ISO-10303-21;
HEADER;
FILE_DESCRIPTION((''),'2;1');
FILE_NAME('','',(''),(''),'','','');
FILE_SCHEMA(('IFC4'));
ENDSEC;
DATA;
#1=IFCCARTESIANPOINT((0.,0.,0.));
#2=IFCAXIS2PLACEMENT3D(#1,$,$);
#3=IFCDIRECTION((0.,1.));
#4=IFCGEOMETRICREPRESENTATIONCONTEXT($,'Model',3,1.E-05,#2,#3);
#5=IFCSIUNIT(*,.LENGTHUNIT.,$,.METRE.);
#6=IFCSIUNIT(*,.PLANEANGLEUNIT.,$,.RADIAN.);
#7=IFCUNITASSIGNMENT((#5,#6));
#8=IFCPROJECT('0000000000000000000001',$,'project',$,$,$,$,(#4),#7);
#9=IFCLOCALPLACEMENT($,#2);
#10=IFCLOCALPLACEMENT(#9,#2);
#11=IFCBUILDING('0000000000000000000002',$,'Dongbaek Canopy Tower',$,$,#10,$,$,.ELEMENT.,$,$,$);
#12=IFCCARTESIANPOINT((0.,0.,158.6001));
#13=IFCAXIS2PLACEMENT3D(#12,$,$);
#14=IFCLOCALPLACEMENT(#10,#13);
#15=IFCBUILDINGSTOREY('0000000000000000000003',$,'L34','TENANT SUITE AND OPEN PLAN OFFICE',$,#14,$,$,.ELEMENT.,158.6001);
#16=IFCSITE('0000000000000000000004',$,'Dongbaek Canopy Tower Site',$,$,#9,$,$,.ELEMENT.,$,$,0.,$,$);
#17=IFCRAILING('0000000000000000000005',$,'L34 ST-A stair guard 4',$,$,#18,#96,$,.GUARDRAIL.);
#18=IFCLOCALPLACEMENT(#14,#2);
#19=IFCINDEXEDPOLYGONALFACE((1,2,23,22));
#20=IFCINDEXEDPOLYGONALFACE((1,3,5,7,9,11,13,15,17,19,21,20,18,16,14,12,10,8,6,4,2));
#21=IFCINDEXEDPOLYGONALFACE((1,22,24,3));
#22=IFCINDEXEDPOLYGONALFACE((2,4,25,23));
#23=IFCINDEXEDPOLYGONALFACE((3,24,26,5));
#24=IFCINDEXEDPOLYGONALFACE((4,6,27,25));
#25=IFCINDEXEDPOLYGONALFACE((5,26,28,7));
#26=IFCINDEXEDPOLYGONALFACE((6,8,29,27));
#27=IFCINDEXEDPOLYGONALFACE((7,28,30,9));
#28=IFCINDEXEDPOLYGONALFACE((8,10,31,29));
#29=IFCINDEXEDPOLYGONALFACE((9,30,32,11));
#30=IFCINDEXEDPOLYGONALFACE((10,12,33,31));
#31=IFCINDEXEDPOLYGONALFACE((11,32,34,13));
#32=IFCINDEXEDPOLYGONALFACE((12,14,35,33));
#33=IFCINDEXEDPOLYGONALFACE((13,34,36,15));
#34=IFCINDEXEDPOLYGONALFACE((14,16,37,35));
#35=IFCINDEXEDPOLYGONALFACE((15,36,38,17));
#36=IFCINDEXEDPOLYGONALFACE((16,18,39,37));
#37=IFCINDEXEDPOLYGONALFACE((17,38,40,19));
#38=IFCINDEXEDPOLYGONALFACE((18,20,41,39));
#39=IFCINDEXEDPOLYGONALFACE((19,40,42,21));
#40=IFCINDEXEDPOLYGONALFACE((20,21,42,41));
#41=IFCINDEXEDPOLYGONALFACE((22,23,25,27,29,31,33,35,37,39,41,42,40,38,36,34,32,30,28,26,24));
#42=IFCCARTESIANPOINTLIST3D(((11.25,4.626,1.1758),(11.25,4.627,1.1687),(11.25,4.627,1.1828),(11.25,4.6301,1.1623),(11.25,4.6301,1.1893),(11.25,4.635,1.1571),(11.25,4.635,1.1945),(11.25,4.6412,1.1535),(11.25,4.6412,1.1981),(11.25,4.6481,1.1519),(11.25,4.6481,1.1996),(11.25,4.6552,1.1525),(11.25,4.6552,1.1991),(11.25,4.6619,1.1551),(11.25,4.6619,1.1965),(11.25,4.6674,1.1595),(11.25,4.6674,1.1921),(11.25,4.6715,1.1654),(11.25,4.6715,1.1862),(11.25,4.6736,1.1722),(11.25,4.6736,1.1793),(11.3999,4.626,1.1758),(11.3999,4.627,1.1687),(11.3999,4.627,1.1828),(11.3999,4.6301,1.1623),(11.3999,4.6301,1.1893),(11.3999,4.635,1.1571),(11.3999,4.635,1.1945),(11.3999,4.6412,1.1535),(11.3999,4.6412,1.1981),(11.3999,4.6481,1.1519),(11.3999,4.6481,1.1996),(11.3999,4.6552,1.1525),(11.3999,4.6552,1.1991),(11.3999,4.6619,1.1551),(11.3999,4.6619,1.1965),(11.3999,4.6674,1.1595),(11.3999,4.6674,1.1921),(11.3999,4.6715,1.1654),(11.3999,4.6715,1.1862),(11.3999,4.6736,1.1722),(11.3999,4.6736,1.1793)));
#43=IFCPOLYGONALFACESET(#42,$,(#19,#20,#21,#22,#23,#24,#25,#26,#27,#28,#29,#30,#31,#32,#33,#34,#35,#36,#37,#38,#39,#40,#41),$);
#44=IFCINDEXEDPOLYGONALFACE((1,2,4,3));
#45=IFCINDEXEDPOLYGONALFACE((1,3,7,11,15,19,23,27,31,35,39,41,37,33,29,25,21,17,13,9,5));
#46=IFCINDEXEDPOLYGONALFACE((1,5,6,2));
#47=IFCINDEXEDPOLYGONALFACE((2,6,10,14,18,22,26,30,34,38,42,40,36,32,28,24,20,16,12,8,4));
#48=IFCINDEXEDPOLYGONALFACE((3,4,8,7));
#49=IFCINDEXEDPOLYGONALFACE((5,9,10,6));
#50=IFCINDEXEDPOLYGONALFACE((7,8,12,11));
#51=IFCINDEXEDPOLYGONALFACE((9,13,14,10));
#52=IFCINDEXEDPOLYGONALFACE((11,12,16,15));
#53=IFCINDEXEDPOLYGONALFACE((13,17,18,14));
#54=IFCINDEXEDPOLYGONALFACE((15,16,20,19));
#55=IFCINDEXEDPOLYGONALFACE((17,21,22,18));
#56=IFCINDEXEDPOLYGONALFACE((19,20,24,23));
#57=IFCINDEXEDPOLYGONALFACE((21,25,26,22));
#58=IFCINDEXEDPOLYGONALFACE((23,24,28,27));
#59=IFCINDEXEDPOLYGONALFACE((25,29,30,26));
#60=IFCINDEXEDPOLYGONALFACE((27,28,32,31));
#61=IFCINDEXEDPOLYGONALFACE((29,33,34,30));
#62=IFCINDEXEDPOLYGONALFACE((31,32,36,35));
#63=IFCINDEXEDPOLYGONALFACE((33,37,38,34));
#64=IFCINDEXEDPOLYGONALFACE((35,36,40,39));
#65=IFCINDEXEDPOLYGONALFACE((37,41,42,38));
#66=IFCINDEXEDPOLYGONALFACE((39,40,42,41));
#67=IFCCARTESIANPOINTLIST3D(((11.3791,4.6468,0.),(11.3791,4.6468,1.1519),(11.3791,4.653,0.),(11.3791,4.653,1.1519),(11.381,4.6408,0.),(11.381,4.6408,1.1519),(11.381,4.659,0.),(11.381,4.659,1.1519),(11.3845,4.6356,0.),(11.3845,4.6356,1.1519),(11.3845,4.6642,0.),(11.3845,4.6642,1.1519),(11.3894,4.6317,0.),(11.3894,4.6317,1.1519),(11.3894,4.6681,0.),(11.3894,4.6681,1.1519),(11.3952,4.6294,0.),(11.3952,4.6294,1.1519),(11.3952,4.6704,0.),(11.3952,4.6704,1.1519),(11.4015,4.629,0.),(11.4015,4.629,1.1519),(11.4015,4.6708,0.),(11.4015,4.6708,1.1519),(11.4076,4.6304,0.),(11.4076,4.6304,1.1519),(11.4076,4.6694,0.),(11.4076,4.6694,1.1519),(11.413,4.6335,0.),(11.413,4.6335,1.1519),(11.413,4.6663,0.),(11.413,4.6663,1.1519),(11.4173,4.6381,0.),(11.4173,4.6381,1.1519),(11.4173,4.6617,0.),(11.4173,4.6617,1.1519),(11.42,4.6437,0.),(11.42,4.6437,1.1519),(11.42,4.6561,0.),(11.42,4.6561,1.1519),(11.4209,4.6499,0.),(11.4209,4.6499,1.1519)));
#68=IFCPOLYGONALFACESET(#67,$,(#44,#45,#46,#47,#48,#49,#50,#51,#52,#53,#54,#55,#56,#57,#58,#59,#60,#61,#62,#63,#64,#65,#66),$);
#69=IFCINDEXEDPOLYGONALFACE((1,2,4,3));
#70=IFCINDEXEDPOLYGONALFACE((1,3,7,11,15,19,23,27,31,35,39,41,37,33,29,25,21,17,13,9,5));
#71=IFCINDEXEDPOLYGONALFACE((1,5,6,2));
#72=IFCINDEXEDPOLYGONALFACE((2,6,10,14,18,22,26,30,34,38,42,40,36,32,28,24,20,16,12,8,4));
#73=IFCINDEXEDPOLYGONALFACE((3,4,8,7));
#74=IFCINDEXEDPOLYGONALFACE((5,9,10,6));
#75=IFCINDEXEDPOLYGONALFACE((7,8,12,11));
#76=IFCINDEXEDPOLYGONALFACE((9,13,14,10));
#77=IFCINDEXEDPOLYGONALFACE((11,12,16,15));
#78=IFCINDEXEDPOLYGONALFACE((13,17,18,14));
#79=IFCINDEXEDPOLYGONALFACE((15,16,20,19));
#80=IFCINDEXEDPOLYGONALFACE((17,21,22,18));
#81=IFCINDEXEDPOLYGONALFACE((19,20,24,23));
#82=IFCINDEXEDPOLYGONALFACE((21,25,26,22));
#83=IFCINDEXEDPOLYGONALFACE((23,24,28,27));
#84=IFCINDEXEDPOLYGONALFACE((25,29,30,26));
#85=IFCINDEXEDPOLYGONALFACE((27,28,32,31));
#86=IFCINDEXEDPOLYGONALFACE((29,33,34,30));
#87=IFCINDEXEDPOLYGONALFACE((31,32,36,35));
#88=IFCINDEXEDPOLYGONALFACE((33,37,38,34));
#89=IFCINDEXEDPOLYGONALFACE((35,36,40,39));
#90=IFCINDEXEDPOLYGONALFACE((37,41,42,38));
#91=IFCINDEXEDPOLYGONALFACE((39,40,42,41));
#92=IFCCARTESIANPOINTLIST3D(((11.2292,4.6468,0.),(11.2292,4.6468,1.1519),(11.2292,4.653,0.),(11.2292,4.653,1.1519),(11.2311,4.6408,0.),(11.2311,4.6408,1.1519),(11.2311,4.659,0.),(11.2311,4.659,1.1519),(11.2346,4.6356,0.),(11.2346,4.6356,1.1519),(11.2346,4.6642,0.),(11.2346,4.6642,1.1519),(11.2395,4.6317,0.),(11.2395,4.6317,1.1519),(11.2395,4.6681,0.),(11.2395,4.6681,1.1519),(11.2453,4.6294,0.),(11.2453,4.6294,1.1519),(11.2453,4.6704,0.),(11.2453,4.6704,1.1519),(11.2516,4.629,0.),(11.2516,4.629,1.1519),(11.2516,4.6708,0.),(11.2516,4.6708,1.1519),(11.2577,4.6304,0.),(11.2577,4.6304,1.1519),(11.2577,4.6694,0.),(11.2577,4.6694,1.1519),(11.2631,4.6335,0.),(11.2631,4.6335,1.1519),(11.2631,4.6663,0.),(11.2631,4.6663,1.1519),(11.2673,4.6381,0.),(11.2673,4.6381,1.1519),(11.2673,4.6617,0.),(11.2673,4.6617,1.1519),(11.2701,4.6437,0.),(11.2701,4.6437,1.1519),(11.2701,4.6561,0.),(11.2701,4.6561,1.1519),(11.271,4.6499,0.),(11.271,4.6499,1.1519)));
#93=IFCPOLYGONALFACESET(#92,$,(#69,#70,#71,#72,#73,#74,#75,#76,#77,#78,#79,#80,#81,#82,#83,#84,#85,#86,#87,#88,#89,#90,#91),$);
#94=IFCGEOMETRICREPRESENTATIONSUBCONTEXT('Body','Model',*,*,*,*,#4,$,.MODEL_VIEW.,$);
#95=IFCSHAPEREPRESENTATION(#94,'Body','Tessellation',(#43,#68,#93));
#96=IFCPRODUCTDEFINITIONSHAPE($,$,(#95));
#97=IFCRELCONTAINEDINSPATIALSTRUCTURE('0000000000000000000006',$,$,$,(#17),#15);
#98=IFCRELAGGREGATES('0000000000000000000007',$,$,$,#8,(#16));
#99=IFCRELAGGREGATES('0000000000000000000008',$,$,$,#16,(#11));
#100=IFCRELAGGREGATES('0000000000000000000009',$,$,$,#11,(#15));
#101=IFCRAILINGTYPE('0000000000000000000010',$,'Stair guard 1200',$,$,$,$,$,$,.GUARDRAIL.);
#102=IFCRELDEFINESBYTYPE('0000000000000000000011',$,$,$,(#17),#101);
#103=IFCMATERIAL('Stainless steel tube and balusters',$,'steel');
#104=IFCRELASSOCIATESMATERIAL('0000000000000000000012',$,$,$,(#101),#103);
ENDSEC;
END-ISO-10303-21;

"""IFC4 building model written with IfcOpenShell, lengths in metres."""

from ifc_helpers import new_model, si_unit, direction, frame, origin, origin_2d, place, context, subcontext, project, spatial, circle, extrude, material, type_object, element, save


model = new_model("IFC4")

# Units and contexts
model_context = context("Model", 3, precision=1e-05, world=origin(), true_north=direction((0.0, 1.0)))
body_context = subcontext(model_context, "Body", "Model", "MODEL_VIEW")
ifc_project = project(units=[si_unit("LENGTHUNIT", "METRE"), si_unit("PLANEANGLEUNIT", "RADIAN")], contexts=[model_context])

# Site, building, storey
site_placement = place(None, origin())
site = spatial("IfcSite", under=ifc_project, at=site_placement, Name="Dongbaek Canopy Tower Site", CompositionType="ELEMENT", RefElevation=0.0)
building_placement = place(site_placement, origin())
building = spatial("IfcBuilding", under=site, at=building_placement, Name="Dongbaek Canopy Tower", CompositionType="ELEMENT")
storey_placement = place(building_placement, frame((0.0, 0.0, 158.6001)))
storey = spatial("IfcBuildingStorey", under=building, at=storey_placement, Name="L34", Description="TENANT SUITE AND OPEN PLAN OFFICE", CompositionType="ELEMENT", Elevation=158.6001)

# Railing
ifc_material_1 = material(Name="Stainless steel tube and balusters", Category="steel")
railing_type_1 = type_object("IfcRailingType", Name="Stair guard 1200", PredefinedType="GUARDRAIL", material=ifc_material_1)
railing_1_placement = place(storey_placement, frame((11.3999, 4.6499, 0.0)))
element("IfcRailing", 1, at=railing_1_placement, inside=storey, type_object=railing_type_1, Name="L34 ST-A stair guard 4", PredefinedType="GUARDRAIL", context=body_context, shape_type="SweptSolid", body=[
    extrude(circle(Radius=0.0239, at=origin_2d()), frame((0.0, 0.0, 1.1758), z_axis=(-1.0, 0.0, 0.0), x_axis=(0.0, -1.0, 0.0)), (0.0, 0.0, 1.0), 0.1499),
    extrude(circle(Radius=0.021, at=origin_2d()), origin(), (0.0, 0.0, 1.0), 1.1519),
    extrude(circle(Radius=0.021, at=origin_2d()), frame((-0.1499, 0.0, 0.0)), (0.0, 0.0, 1.0), 1.1519),
])

save(model, "model.ifc")
